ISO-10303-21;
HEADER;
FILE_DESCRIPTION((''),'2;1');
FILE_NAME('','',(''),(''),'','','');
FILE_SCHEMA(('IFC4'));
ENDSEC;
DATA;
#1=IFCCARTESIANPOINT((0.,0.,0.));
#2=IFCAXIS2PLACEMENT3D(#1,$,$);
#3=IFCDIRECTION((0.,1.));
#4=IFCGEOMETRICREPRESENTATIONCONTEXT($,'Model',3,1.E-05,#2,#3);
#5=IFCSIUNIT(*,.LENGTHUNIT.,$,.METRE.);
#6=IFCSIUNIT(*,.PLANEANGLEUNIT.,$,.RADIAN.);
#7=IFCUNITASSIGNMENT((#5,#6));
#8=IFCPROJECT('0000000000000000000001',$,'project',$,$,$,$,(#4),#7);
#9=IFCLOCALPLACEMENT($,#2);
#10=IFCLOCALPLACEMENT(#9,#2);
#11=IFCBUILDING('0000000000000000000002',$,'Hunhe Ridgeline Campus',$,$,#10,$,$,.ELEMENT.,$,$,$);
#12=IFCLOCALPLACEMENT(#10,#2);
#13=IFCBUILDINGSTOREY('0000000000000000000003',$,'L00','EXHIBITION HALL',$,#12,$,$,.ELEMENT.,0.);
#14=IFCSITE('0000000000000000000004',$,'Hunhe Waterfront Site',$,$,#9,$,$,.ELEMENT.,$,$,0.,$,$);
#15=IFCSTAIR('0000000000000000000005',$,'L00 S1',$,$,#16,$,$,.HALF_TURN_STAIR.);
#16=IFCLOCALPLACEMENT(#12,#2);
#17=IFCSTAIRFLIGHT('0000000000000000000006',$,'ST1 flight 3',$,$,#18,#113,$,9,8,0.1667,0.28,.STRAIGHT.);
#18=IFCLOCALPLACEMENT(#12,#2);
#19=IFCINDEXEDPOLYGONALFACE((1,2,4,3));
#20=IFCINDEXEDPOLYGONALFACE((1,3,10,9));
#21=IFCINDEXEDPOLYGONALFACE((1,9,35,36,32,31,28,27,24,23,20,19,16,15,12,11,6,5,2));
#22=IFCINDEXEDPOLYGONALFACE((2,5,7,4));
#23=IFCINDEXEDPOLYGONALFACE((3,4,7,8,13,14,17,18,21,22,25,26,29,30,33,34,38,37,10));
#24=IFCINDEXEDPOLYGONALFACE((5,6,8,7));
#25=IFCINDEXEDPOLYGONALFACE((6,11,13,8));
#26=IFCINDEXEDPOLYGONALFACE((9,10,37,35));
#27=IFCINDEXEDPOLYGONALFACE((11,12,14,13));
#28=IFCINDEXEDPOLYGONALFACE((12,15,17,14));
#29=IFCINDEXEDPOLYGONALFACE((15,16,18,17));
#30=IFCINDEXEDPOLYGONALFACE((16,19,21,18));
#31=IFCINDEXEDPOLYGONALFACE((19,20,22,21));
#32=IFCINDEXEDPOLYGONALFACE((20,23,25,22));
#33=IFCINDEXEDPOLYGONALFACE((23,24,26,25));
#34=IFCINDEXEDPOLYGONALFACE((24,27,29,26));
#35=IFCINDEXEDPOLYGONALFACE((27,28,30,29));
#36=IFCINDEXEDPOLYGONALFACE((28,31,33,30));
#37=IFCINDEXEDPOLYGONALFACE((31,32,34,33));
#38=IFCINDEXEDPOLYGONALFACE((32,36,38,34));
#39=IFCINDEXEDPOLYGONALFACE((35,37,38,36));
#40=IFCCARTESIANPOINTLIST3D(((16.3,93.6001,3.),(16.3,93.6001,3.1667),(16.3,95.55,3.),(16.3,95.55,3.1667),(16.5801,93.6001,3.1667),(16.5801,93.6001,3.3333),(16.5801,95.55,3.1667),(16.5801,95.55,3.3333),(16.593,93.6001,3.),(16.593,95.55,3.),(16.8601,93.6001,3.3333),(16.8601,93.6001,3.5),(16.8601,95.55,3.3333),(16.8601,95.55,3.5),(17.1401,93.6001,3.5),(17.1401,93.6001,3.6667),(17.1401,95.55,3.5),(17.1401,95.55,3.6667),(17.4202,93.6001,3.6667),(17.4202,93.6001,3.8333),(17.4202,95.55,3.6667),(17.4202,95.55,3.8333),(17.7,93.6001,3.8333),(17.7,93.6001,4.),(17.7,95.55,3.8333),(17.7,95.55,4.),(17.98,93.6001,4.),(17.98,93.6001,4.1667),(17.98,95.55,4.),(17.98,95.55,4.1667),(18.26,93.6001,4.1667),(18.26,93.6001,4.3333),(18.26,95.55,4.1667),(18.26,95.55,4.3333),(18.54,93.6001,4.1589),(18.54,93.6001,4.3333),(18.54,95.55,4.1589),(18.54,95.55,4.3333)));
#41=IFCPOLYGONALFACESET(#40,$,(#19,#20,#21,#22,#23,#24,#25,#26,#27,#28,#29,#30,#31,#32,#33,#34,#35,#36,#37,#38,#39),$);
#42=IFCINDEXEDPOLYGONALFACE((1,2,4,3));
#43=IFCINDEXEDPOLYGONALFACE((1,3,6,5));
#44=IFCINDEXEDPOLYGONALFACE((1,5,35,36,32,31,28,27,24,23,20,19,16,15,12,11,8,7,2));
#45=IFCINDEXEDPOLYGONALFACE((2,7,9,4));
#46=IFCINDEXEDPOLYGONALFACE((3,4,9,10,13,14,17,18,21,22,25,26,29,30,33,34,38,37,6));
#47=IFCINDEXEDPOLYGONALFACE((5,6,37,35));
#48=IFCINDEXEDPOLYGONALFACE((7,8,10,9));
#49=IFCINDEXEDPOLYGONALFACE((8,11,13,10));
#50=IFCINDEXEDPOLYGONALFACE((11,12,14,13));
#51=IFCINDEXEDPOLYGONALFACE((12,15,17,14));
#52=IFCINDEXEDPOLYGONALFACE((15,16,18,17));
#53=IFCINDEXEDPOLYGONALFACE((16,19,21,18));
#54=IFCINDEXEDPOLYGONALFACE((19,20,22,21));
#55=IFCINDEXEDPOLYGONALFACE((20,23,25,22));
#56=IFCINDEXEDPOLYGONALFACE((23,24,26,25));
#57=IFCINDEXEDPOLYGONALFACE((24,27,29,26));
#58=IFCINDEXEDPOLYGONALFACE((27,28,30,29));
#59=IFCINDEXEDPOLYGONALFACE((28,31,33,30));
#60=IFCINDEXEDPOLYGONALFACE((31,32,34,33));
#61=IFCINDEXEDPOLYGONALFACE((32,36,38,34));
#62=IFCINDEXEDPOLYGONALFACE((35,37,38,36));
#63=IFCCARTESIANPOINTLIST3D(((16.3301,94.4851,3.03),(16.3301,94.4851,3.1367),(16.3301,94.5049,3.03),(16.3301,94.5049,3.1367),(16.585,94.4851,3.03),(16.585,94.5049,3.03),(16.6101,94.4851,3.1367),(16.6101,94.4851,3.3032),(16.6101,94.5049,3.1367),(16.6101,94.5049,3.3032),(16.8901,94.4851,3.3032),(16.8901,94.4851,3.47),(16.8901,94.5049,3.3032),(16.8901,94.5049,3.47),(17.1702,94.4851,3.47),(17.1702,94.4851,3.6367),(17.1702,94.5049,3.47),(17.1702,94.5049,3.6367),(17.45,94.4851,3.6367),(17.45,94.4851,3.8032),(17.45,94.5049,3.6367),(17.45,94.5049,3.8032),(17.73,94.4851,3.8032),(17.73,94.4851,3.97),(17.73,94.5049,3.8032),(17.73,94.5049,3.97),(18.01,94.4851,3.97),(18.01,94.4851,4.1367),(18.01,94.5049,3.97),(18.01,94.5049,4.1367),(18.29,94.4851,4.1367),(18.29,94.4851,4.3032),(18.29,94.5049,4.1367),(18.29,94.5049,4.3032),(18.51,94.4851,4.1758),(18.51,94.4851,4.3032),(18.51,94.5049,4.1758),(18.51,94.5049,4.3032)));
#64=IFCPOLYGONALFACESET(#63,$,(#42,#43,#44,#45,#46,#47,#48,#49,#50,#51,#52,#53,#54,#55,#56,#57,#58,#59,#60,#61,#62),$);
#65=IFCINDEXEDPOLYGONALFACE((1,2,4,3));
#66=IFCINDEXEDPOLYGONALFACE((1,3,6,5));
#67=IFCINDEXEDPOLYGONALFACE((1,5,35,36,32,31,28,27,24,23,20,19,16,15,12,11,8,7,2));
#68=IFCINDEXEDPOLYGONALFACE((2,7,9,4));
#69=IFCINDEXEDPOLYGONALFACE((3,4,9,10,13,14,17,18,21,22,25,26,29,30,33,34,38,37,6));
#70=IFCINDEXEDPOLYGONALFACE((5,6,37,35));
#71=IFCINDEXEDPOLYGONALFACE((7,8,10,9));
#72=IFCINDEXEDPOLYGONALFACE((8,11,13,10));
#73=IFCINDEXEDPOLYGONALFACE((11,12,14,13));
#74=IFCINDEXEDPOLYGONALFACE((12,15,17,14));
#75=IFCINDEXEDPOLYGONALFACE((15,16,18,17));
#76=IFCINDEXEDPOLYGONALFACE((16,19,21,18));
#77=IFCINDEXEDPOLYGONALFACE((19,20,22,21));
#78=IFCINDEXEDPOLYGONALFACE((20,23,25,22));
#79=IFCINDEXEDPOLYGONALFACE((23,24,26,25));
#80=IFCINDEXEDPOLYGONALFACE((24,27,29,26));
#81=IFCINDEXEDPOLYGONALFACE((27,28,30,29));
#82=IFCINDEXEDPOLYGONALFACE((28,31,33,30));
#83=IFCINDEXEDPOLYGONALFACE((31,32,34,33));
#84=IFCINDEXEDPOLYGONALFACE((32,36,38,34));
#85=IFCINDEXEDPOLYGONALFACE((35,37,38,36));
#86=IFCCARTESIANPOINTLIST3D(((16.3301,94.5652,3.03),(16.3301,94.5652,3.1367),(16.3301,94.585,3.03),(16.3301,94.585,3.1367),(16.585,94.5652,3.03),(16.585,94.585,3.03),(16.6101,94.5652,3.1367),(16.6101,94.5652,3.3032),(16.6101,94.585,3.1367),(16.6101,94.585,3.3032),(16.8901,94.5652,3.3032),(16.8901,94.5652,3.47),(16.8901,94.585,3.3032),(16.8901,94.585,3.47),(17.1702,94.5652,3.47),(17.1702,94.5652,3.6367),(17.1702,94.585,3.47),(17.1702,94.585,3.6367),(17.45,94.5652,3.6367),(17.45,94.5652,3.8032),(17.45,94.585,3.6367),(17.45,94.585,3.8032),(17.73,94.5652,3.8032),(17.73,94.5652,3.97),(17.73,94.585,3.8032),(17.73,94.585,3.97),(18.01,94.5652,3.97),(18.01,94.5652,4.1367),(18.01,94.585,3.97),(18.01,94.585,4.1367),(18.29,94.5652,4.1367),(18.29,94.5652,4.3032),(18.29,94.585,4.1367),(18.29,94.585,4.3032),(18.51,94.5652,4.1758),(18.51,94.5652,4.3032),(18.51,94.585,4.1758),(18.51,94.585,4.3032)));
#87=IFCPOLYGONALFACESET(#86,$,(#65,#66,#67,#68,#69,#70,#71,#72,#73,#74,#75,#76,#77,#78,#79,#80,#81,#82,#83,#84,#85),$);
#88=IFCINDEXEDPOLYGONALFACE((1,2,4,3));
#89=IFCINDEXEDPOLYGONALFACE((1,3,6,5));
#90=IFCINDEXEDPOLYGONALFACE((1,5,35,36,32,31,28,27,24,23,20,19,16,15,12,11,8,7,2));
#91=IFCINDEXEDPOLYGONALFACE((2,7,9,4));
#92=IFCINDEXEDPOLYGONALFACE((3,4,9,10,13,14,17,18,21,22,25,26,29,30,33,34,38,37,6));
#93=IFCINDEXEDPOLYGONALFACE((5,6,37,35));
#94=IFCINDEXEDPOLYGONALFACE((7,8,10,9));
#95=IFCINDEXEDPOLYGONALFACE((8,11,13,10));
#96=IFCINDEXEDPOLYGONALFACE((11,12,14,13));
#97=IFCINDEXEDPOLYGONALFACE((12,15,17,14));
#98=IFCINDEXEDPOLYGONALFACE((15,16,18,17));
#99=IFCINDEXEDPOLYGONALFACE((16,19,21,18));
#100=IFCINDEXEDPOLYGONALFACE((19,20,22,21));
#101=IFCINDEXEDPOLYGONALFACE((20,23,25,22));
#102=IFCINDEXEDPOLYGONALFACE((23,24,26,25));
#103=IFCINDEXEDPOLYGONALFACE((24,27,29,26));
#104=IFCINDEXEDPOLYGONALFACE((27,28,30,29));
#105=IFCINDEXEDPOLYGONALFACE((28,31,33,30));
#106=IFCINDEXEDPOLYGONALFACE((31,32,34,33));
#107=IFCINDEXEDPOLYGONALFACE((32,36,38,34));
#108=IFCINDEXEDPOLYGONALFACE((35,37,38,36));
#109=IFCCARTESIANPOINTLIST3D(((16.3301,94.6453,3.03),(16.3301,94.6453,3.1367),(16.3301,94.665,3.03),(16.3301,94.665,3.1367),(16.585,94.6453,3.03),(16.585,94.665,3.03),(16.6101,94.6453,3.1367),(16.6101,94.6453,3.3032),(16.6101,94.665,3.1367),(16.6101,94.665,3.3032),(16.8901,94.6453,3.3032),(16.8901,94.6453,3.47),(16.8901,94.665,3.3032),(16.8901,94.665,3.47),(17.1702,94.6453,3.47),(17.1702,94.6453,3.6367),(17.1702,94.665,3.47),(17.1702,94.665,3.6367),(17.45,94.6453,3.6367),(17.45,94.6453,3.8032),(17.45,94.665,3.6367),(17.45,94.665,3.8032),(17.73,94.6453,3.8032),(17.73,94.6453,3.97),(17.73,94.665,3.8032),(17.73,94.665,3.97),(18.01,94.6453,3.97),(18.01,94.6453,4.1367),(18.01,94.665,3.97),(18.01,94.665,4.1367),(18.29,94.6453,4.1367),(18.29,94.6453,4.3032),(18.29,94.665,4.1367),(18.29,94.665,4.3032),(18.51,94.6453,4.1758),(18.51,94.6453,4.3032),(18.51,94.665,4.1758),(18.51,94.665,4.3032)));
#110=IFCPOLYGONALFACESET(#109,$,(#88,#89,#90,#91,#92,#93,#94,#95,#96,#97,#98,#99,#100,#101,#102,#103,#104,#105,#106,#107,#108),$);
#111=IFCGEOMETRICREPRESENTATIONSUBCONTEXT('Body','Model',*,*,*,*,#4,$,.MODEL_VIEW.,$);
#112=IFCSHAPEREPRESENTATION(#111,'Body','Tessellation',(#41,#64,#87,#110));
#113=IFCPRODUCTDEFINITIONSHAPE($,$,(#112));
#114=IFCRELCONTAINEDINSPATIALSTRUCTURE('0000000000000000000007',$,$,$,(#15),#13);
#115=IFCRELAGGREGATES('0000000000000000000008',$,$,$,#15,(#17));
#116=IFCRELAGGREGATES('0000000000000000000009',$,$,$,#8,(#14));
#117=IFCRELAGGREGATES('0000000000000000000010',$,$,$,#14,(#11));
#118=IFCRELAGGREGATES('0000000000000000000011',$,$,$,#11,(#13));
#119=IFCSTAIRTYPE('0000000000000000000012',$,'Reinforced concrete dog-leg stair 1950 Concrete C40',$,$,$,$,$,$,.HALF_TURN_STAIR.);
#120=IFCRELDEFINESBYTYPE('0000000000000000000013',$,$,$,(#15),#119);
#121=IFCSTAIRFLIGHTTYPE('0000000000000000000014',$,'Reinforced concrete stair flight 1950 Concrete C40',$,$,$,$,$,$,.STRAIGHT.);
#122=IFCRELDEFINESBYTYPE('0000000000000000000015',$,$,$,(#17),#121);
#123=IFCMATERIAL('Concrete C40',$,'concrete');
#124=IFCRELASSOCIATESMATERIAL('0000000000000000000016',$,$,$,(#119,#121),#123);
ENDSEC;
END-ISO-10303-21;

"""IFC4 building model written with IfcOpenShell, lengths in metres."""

from ifc_helpers import new_model, si_unit, direction, frame, origin, place, context, subcontext, project, spatial, polyline, outline, extrude, material, type_object, element, aggregate, save


model = new_model("IFC4")

# Units and contexts
model_context = context("Model", 3, precision=1e-05, world=origin(), true_north=direction((0.0, 1.0)))
body_context = subcontext(model_context, "Body", "Model", "MODEL_VIEW")
ifc_project = project(units=[si_unit("LENGTHUNIT", "METRE"), si_unit("PLANEANGLEUNIT", "RADIAN")], contexts=[model_context])

# Site, building, storey
site_placement = place(None, origin())
site = spatial("IfcSite", under=ifc_project, at=site_placement, Name="Hunhe Waterfront Site", CompositionType="ELEMENT", RefElevation=0.0)
building_placement = place(site_placement, origin())
building = spatial("IfcBuilding", under=site, at=building_placement, Name="Hunhe Ridgeline Campus", CompositionType="ELEMENT")
storey_placement = place(building_placement, origin())
storey = spatial("IfcBuildingStorey", under=building, at=storey_placement, Name="L00", Description="EXHIBITION HALL", CompositionType="ELEMENT", Elevation=0.0)

# Stair, stair flight
ifc_material_1 = material(Name="Concrete C40", Category="concrete")
stair_type = type_object("IfcStairType", Name="Reinforced concrete dog-leg stair 1950 Concrete C40", PredefinedType="HALF_TURN_STAIR", material=ifc_material_1)
stair_placement = place(storey_placement, origin())
stair = element("IfcStair", 1, at=stair_placement, inside=storey, type_object=stair_type, Name="L00 S1", PredefinedType="HALF_TURN_STAIR")
stair_flight_type = type_object("IfcStairFlightType", Name="Reinforced concrete stair flight 1950 Concrete C40", PredefinedType="STRAIGHT", material=ifc_material_1)
stair_flight_1_placement = place(storey_placement, frame((16.3, 94.575, 3.0), z_axis=(0.0, 0.0, 1.0), x_axis=(1.0, 0.0, 0.0)))
stair_flight_1 = element("IfcStairFlight", 2, at=stair_flight_1_placement, type_object=stair_flight_type, Name="ST1 flight 3", NumberOfRisers=9, NumberOfTreads=8, PredefinedType="STRAIGHT", RiserHeight=0.1667, TreadLength=0.28, context=body_context, shape_type="SweptSolid", body=[
    extrude(outline(polyline([(0.0, 0.0), (0.0, 0.1667), (0.28, 0.1667), (0.28, 0.3333), (0.5601, 0.3333), (0.5601, 0.5), (0.8401, 0.5), (0.8401, 0.6667), (1.1201, 0.6667), (1.1201, 0.8333), (1.3999, 0.8333), (1.3999, 1.0), (1.6799, 1.0), (1.6799, 1.1667), (1.96, 1.1667), (1.96, 1.3333), (2.24, 1.3333), (2.24, 1.5), (2.24, 1.1589), (0.293, 0.0), (0.0, 0.0)])), frame((0.0, 0.9751, 0.0), z_axis=(0.0, -1.0, 0.0), x_axis=(1.0, 0.0, 0.0)), (0.0, 0.0, 1.0), 1.95),
    extrude(outline(polyline([(0.03, 0.03), (0.03, 0.1367), (0.3101, 0.1367), (0.3101, 0.3032), (0.5901, 0.3032), (0.5901, 0.47), (0.8701, 0.47), (0.8701, 0.6367), (1.1499, 0.6367), (1.1499, 0.8032), (1.4299, 0.8032), (1.4299, 0.97), (1.71, 0.97), (1.71, 1.1367), (1.99, 1.1367), (1.99, 1.3032), (2.21, 1.3032), (2.21, 1.1758), (0.2849, 0.03), (0.03, 0.03)])), frame((0.0, -0.0701, 0.0), z_axis=(0.0, -1.0, 0.0), x_axis=(1.0, 0.0, 0.0)), (0.0, 0.0, 1.0), 0.0198),
    extrude(outline(polyline([(0.03, 0.03), (0.03, 0.1367), (0.3101, 0.1367), (0.3101, 0.3032), (0.5901, 0.3032), (0.5901, 0.47), (0.8701, 0.47), (0.8701, 0.6367), (1.1499, 0.6367), (1.1499, 0.8032), (1.4299, 0.8032), (1.4299, 0.97), (1.71, 0.97), (1.71, 1.1367), (1.99, 1.1367), (1.99, 1.3032), (2.21, 1.3032), (2.21, 1.1758), (0.2849, 0.03), (0.03, 0.03)])), frame((0.0, 0.01, 0.0), z_axis=(0.0, -1.0, 0.0), x_axis=(1.0, 0.0, 0.0)), (0.0, 0.0, 1.0), 0.0198),
    extrude(outline(polyline([(0.03, 0.03), (0.03, 0.1367), (0.3101, 0.1367), (0.3101, 0.3032), (0.5901, 0.3032), (0.5901, 0.47), (0.8701, 0.47), (0.8701, 0.6367), (1.1499, 0.6367), (1.1499, 0.8032), (1.4299, 0.8032), (1.4299, 0.97), (1.71, 0.97), (1.71, 1.1367), (1.99, 1.1367), (1.99, 1.3032), (2.21, 1.3032), (2.21, 1.1758), (0.2849, 0.03), (0.03, 0.03)])), frame((0.0, 0.0901, 0.0), z_axis=(0.0, -1.0, 0.0), x_axis=(1.0, 0.0, 0.0)), (0.0, 0.0, 1.0), 0.0198),
])
aggregate(stair, [stair_flight_1])

save(model, "model.ifc")
